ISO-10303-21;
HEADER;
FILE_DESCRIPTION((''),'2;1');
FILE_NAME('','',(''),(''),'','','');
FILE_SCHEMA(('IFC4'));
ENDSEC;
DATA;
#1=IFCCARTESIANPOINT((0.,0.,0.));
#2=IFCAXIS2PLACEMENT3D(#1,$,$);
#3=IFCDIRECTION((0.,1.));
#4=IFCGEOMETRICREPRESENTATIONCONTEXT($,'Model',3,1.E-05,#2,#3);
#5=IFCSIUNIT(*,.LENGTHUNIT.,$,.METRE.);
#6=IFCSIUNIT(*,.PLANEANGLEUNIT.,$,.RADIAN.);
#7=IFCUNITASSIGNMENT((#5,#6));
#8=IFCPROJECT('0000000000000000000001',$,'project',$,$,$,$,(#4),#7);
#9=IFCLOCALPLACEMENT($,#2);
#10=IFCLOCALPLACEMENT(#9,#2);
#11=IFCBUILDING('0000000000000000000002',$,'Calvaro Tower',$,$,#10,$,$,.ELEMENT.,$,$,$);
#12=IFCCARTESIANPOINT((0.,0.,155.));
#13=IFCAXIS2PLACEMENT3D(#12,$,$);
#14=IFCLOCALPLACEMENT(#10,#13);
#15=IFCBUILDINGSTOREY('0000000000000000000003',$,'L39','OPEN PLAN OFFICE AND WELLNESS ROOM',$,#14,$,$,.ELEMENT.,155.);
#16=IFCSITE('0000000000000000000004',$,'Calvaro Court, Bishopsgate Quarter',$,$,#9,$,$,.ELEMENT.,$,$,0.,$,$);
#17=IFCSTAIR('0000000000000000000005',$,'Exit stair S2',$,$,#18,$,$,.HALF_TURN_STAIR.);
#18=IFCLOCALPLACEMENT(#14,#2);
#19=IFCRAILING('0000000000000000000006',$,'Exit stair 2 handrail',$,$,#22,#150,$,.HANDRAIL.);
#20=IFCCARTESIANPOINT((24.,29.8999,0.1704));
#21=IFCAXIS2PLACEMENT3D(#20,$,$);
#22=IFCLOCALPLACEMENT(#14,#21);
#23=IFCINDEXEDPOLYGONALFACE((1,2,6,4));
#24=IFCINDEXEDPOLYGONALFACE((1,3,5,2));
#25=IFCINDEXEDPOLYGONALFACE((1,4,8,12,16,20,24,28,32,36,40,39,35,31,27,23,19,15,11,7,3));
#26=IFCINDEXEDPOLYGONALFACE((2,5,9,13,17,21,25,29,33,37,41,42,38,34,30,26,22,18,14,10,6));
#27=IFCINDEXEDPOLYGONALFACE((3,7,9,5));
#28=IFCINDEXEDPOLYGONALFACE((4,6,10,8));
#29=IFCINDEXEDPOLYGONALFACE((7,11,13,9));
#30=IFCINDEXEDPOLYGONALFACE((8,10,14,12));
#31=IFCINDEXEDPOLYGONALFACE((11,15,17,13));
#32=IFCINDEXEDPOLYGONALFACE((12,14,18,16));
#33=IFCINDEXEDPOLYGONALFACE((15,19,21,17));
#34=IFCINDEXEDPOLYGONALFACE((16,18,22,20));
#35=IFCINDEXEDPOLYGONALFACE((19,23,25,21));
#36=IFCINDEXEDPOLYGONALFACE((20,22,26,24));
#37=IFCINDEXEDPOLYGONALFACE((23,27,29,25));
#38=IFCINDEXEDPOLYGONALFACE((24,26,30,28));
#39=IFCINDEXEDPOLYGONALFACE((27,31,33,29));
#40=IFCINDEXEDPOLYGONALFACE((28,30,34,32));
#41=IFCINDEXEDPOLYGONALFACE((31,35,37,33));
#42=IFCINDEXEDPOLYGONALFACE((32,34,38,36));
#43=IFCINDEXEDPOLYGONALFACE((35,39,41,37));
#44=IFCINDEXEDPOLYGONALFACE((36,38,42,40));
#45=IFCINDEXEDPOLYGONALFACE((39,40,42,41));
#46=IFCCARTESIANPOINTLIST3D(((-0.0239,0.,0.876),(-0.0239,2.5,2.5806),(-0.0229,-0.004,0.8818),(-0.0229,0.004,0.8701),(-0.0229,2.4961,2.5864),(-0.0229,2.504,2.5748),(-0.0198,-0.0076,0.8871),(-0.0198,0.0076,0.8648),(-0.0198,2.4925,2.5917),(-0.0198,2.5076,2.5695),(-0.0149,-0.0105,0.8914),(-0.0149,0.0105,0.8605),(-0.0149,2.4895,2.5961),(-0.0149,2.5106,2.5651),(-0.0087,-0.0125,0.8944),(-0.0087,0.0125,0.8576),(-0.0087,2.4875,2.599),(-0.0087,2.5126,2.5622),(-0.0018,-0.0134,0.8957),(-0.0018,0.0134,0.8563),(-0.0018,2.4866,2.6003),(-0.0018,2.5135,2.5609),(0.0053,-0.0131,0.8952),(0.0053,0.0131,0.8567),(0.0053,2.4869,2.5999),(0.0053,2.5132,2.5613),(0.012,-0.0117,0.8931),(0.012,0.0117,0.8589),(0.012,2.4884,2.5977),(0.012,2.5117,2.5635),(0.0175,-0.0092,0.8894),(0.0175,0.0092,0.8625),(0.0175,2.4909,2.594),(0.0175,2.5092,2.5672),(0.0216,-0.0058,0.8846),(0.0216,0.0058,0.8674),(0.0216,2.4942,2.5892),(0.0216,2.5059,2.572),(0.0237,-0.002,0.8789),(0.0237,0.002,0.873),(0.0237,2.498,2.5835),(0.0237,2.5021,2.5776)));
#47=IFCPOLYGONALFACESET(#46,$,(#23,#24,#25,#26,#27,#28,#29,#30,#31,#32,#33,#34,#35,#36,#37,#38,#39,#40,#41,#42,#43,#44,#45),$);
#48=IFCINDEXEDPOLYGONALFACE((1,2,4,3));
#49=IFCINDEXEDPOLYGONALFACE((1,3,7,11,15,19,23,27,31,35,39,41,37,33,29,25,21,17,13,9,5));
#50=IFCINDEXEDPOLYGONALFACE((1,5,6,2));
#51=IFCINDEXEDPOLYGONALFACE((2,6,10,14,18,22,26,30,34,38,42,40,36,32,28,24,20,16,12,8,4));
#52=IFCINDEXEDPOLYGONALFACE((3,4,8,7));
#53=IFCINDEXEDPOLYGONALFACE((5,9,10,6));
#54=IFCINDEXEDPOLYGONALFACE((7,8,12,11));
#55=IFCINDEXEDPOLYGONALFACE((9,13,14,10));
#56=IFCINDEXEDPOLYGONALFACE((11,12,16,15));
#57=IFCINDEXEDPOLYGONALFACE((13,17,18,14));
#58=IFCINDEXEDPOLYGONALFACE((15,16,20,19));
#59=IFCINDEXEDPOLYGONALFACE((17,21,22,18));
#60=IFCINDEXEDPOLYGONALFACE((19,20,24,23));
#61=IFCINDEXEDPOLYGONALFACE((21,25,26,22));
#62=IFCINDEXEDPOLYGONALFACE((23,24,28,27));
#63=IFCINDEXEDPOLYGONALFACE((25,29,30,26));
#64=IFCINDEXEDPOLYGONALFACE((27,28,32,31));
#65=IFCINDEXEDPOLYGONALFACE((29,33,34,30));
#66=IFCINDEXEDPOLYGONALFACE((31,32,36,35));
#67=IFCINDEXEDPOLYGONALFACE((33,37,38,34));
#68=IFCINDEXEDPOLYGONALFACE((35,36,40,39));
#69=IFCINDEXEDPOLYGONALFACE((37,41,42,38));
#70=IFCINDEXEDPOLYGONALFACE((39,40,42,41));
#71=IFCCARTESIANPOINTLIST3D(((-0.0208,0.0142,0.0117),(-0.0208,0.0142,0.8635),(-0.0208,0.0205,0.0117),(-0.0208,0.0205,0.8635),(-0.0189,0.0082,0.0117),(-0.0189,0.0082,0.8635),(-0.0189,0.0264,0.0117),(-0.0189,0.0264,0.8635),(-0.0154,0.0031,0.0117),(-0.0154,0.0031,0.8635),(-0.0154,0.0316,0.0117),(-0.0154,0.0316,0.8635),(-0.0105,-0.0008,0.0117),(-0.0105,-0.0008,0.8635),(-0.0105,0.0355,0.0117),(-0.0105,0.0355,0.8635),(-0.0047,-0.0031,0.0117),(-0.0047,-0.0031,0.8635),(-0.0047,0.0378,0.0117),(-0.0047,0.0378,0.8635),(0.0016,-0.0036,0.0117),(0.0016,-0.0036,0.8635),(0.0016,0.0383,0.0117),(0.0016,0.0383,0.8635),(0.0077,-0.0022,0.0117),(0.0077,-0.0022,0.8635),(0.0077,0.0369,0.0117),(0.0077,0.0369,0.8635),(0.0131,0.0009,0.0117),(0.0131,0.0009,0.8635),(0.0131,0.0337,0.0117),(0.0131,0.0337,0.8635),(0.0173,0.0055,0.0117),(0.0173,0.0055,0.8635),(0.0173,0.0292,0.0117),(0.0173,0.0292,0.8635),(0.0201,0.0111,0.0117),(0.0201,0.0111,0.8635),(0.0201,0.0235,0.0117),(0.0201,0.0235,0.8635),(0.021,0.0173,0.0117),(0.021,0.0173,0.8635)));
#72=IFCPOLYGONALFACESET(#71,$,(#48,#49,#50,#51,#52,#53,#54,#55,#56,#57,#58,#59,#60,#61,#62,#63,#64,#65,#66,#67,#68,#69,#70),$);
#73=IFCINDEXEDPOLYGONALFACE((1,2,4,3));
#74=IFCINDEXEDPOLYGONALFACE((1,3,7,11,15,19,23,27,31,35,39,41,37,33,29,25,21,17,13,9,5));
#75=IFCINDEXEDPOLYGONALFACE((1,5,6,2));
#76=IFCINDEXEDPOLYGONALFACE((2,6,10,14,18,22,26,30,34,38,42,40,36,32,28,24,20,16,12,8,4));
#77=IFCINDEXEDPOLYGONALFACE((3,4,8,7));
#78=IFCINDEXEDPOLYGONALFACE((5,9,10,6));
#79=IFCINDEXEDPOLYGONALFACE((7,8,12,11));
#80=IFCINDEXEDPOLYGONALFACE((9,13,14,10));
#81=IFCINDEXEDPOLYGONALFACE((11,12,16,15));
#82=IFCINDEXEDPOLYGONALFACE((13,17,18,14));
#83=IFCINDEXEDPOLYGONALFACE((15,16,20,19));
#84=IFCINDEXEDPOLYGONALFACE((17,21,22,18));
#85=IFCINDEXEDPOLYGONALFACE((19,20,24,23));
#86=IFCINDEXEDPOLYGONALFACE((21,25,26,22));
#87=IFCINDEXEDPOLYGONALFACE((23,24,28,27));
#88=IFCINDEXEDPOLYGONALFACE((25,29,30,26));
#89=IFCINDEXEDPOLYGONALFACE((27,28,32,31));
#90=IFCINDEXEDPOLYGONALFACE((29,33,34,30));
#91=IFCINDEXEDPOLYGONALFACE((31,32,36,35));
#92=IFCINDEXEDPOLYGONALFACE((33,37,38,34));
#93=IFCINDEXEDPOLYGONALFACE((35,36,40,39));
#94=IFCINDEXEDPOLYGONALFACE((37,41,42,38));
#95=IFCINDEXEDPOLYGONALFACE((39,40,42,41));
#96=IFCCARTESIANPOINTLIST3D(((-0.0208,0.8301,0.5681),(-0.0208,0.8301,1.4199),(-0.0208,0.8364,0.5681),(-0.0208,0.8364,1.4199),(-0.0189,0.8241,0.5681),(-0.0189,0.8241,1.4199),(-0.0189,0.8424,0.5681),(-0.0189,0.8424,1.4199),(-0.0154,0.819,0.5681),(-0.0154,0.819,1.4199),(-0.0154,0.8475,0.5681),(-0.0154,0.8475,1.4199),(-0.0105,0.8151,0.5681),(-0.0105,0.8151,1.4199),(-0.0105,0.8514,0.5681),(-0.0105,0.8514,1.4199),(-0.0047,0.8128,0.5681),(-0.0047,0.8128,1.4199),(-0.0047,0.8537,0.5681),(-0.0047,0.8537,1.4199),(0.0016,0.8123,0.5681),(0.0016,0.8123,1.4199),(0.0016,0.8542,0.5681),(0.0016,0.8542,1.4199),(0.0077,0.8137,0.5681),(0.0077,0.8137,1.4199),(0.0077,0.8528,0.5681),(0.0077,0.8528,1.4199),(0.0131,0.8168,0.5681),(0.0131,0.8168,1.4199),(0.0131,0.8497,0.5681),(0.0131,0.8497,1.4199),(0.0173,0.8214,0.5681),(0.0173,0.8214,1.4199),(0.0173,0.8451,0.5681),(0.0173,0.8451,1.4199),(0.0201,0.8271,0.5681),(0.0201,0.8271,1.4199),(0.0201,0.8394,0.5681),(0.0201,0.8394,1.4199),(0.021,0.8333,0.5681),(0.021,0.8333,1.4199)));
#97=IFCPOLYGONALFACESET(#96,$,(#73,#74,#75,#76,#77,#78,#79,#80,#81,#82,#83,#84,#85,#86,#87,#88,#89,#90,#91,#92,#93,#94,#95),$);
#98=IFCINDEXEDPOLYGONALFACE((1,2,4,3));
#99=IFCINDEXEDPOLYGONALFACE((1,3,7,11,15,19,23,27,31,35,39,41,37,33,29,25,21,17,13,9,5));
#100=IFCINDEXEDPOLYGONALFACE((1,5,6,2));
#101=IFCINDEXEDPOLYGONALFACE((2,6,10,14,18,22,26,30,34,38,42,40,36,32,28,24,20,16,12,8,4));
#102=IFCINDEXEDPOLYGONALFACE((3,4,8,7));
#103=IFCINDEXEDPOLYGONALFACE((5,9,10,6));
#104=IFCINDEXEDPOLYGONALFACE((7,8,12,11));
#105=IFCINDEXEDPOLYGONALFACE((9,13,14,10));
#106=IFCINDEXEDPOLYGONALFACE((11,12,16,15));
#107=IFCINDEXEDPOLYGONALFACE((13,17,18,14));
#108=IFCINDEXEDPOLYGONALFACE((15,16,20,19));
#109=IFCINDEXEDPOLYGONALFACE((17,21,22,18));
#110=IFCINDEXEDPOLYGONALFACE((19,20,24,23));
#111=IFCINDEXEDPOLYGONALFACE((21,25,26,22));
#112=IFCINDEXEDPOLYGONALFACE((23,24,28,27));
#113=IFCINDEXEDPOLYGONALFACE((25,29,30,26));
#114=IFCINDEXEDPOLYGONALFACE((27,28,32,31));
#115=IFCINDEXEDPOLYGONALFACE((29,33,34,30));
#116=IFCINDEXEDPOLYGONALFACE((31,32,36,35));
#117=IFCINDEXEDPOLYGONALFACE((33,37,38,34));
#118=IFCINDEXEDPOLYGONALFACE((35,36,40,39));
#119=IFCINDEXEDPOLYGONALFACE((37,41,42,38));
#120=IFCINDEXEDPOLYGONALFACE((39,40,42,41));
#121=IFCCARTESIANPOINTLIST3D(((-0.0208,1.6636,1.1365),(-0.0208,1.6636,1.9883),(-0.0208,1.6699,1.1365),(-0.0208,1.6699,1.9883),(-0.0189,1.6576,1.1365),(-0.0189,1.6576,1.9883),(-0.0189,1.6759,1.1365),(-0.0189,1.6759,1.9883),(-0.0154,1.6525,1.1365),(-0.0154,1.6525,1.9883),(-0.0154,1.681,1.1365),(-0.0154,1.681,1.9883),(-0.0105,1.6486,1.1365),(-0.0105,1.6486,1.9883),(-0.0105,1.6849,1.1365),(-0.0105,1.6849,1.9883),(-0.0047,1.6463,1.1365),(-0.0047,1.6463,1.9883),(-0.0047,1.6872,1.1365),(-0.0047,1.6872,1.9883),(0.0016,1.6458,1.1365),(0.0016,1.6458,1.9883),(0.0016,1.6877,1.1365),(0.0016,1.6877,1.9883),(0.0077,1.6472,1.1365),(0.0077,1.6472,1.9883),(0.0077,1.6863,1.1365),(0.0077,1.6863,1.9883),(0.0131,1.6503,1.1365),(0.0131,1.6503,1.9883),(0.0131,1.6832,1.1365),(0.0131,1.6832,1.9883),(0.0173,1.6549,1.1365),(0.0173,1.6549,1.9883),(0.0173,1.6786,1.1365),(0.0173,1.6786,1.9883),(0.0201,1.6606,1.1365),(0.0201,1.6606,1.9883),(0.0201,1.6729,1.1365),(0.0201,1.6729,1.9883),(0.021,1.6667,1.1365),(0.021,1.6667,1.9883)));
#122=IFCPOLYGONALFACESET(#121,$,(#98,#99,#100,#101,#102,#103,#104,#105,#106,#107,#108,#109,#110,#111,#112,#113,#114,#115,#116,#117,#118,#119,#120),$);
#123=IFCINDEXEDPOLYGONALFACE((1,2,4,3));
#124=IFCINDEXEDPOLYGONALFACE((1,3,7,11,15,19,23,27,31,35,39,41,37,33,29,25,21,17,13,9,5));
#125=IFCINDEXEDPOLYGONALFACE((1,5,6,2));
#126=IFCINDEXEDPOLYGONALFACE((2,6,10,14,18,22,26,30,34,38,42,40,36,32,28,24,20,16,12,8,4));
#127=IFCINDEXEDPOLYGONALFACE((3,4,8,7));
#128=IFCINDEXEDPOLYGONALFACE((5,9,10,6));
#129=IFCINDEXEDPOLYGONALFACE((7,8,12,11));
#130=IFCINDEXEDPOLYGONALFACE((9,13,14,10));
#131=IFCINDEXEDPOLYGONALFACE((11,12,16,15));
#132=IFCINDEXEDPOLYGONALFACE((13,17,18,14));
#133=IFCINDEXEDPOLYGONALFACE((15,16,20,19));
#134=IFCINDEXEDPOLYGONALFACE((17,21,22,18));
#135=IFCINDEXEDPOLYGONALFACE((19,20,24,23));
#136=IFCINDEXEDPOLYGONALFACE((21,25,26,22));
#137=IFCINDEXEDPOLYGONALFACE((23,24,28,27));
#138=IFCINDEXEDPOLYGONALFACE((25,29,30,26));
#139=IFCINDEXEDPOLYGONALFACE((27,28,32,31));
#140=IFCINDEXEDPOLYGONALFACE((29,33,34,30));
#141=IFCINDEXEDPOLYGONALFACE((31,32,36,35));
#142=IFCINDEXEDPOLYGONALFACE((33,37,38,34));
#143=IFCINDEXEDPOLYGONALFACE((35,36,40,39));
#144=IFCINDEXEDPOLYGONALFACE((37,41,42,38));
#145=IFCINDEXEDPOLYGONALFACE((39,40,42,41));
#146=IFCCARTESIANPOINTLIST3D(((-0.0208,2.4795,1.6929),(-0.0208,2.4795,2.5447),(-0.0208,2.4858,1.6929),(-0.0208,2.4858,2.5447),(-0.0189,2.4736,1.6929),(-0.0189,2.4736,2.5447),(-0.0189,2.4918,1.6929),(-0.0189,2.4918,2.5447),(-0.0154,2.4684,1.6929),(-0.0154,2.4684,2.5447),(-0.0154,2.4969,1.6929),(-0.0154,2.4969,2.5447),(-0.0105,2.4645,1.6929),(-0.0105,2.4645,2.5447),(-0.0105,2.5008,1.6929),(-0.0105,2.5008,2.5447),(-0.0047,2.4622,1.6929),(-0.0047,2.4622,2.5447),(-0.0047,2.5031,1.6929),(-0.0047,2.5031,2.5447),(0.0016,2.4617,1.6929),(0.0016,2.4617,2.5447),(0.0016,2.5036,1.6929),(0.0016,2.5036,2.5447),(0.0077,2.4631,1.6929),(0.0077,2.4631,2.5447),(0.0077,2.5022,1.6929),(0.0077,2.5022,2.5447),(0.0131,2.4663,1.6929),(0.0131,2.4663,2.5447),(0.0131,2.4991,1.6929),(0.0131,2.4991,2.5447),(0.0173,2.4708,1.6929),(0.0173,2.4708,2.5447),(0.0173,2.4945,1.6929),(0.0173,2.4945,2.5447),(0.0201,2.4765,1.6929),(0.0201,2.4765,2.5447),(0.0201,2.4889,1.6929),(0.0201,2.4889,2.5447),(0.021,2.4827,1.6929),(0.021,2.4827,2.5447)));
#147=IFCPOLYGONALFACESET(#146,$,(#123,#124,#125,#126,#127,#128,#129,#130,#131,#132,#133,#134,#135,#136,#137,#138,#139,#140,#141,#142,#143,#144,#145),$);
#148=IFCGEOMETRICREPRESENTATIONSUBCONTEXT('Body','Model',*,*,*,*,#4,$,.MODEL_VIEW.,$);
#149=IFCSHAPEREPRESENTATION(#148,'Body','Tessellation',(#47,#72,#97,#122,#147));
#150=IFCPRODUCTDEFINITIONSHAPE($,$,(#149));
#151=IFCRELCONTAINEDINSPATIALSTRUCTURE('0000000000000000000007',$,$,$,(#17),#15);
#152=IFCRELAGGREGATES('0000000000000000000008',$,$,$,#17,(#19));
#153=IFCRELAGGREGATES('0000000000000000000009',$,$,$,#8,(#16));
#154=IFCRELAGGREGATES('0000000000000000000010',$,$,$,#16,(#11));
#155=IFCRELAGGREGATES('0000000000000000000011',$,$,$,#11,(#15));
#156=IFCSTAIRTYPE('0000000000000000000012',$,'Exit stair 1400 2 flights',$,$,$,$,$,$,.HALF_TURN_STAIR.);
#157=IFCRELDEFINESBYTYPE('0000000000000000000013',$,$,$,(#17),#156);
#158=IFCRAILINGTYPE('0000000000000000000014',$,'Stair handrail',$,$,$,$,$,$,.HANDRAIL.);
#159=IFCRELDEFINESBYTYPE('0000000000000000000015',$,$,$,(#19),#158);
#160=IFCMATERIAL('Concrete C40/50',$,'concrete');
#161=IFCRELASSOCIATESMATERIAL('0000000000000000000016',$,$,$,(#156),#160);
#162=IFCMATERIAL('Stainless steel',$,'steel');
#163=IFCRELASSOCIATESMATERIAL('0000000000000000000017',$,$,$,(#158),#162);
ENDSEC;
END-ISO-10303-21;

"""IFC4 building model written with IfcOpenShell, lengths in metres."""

from ifc_helpers import new_model, si_unit, direction, frame, origin, origin_2d, place, context, subcontext, project, spatial, circle, extrude, material, type_object, element, aggregate, save


model = new_model("IFC4")

# Units and contexts
model_context = context("Model", 3, precision=1e-05, world=origin(), true_north=direction((0.0, 1.0)))
body_context = subcontext(model_context, "Body", "Model", "MODEL_VIEW")
ifc_project = project(units=[si_unit("LENGTHUNIT", "METRE"), si_unit("PLANEANGLEUNIT", "RADIAN")], contexts=[model_context])

# Site, building, storey
site_placement = place(None, origin())
site = spatial("IfcSite", under=ifc_project, at=site_placement, Name="Calvaro Court, Bishopsgate Quarter", CompositionType="ELEMENT", RefElevation=0.0)
building_placement = place(site_placement, origin())
building = spatial("IfcBuilding", under=site, at=building_placement, Name="Calvaro Tower", CompositionType="ELEMENT")
storey_placement = place(building_placement, frame((0.0, 0.0, 155.0)))
storey = spatial("IfcBuildingStorey", under=building, at=storey_placement, Name="L39", Description="OPEN PLAN OFFICE AND WELLNESS ROOM", CompositionType="ELEMENT", Elevation=155.0)

# Stair, railing
ifc_material_1 = material(Name="Concrete C40/50", Category="concrete")
stair_type = type_object("IfcStairType", Name="Exit stair 1400 2 flights", PredefinedType="HALF_TURN_STAIR", material=ifc_material_1)
stair_placement = place(storey_placement, origin())
stair = element("IfcStair", 1, at=stair_placement, inside=storey, type_object=stair_type, Name="Exit stair S2", PredefinedType="HALF_TURN_STAIR")
ifc_material_2 = material(Name="Stainless steel", Category="steel")
railing_type = type_object("IfcRailingType", Name="Stair handrail", PredefinedType="HANDRAIL", material=ifc_material_2)
railing_1_placement = place(storey_placement, frame((24.0, 29.8999, 0.1704)))
railing_1 = element("IfcRailing", 2, at=railing_1_placement, type_object=railing_type, Name="Exit stair 2 handrail", PredefinedType="HANDRAIL", context=body_context, shape_type="SweptSolid", body=[
    extrude(circle(Radius=0.0239, at=origin_2d()), frame((0.0, 0.0, 0.876), z_axis=(0.0, 0.826221, 0.563347), x_axis=(-1.0, 0.0, 0.0)), (0.0, 0.0, 1.0), 3.0259),
    extrude(circle(Radius=0.021, at=origin_2d()), frame((0.0, 0.0173, 0.0117)), (0.0, 0.0, 1.0), 0.8518),
    extrude(circle(Radius=0.021, at=origin_2d()), frame((0.0, 0.8333, 0.5681)), (0.0, 0.0, 1.0), 0.8518),
    extrude(circle(Radius=0.021, at=origin_2d()), frame((0.0, 1.6667, 1.1365)), (0.0, 0.0, 1.0), 0.8518),
    extrude(circle(Radius=0.021, at=origin_2d()), frame((0.0, 2.4827, 1.6929)), (0.0, 0.0, 1.0), 0.8518),
])
aggregate(stair, [railing_1])

save(model, "model.ifc")
